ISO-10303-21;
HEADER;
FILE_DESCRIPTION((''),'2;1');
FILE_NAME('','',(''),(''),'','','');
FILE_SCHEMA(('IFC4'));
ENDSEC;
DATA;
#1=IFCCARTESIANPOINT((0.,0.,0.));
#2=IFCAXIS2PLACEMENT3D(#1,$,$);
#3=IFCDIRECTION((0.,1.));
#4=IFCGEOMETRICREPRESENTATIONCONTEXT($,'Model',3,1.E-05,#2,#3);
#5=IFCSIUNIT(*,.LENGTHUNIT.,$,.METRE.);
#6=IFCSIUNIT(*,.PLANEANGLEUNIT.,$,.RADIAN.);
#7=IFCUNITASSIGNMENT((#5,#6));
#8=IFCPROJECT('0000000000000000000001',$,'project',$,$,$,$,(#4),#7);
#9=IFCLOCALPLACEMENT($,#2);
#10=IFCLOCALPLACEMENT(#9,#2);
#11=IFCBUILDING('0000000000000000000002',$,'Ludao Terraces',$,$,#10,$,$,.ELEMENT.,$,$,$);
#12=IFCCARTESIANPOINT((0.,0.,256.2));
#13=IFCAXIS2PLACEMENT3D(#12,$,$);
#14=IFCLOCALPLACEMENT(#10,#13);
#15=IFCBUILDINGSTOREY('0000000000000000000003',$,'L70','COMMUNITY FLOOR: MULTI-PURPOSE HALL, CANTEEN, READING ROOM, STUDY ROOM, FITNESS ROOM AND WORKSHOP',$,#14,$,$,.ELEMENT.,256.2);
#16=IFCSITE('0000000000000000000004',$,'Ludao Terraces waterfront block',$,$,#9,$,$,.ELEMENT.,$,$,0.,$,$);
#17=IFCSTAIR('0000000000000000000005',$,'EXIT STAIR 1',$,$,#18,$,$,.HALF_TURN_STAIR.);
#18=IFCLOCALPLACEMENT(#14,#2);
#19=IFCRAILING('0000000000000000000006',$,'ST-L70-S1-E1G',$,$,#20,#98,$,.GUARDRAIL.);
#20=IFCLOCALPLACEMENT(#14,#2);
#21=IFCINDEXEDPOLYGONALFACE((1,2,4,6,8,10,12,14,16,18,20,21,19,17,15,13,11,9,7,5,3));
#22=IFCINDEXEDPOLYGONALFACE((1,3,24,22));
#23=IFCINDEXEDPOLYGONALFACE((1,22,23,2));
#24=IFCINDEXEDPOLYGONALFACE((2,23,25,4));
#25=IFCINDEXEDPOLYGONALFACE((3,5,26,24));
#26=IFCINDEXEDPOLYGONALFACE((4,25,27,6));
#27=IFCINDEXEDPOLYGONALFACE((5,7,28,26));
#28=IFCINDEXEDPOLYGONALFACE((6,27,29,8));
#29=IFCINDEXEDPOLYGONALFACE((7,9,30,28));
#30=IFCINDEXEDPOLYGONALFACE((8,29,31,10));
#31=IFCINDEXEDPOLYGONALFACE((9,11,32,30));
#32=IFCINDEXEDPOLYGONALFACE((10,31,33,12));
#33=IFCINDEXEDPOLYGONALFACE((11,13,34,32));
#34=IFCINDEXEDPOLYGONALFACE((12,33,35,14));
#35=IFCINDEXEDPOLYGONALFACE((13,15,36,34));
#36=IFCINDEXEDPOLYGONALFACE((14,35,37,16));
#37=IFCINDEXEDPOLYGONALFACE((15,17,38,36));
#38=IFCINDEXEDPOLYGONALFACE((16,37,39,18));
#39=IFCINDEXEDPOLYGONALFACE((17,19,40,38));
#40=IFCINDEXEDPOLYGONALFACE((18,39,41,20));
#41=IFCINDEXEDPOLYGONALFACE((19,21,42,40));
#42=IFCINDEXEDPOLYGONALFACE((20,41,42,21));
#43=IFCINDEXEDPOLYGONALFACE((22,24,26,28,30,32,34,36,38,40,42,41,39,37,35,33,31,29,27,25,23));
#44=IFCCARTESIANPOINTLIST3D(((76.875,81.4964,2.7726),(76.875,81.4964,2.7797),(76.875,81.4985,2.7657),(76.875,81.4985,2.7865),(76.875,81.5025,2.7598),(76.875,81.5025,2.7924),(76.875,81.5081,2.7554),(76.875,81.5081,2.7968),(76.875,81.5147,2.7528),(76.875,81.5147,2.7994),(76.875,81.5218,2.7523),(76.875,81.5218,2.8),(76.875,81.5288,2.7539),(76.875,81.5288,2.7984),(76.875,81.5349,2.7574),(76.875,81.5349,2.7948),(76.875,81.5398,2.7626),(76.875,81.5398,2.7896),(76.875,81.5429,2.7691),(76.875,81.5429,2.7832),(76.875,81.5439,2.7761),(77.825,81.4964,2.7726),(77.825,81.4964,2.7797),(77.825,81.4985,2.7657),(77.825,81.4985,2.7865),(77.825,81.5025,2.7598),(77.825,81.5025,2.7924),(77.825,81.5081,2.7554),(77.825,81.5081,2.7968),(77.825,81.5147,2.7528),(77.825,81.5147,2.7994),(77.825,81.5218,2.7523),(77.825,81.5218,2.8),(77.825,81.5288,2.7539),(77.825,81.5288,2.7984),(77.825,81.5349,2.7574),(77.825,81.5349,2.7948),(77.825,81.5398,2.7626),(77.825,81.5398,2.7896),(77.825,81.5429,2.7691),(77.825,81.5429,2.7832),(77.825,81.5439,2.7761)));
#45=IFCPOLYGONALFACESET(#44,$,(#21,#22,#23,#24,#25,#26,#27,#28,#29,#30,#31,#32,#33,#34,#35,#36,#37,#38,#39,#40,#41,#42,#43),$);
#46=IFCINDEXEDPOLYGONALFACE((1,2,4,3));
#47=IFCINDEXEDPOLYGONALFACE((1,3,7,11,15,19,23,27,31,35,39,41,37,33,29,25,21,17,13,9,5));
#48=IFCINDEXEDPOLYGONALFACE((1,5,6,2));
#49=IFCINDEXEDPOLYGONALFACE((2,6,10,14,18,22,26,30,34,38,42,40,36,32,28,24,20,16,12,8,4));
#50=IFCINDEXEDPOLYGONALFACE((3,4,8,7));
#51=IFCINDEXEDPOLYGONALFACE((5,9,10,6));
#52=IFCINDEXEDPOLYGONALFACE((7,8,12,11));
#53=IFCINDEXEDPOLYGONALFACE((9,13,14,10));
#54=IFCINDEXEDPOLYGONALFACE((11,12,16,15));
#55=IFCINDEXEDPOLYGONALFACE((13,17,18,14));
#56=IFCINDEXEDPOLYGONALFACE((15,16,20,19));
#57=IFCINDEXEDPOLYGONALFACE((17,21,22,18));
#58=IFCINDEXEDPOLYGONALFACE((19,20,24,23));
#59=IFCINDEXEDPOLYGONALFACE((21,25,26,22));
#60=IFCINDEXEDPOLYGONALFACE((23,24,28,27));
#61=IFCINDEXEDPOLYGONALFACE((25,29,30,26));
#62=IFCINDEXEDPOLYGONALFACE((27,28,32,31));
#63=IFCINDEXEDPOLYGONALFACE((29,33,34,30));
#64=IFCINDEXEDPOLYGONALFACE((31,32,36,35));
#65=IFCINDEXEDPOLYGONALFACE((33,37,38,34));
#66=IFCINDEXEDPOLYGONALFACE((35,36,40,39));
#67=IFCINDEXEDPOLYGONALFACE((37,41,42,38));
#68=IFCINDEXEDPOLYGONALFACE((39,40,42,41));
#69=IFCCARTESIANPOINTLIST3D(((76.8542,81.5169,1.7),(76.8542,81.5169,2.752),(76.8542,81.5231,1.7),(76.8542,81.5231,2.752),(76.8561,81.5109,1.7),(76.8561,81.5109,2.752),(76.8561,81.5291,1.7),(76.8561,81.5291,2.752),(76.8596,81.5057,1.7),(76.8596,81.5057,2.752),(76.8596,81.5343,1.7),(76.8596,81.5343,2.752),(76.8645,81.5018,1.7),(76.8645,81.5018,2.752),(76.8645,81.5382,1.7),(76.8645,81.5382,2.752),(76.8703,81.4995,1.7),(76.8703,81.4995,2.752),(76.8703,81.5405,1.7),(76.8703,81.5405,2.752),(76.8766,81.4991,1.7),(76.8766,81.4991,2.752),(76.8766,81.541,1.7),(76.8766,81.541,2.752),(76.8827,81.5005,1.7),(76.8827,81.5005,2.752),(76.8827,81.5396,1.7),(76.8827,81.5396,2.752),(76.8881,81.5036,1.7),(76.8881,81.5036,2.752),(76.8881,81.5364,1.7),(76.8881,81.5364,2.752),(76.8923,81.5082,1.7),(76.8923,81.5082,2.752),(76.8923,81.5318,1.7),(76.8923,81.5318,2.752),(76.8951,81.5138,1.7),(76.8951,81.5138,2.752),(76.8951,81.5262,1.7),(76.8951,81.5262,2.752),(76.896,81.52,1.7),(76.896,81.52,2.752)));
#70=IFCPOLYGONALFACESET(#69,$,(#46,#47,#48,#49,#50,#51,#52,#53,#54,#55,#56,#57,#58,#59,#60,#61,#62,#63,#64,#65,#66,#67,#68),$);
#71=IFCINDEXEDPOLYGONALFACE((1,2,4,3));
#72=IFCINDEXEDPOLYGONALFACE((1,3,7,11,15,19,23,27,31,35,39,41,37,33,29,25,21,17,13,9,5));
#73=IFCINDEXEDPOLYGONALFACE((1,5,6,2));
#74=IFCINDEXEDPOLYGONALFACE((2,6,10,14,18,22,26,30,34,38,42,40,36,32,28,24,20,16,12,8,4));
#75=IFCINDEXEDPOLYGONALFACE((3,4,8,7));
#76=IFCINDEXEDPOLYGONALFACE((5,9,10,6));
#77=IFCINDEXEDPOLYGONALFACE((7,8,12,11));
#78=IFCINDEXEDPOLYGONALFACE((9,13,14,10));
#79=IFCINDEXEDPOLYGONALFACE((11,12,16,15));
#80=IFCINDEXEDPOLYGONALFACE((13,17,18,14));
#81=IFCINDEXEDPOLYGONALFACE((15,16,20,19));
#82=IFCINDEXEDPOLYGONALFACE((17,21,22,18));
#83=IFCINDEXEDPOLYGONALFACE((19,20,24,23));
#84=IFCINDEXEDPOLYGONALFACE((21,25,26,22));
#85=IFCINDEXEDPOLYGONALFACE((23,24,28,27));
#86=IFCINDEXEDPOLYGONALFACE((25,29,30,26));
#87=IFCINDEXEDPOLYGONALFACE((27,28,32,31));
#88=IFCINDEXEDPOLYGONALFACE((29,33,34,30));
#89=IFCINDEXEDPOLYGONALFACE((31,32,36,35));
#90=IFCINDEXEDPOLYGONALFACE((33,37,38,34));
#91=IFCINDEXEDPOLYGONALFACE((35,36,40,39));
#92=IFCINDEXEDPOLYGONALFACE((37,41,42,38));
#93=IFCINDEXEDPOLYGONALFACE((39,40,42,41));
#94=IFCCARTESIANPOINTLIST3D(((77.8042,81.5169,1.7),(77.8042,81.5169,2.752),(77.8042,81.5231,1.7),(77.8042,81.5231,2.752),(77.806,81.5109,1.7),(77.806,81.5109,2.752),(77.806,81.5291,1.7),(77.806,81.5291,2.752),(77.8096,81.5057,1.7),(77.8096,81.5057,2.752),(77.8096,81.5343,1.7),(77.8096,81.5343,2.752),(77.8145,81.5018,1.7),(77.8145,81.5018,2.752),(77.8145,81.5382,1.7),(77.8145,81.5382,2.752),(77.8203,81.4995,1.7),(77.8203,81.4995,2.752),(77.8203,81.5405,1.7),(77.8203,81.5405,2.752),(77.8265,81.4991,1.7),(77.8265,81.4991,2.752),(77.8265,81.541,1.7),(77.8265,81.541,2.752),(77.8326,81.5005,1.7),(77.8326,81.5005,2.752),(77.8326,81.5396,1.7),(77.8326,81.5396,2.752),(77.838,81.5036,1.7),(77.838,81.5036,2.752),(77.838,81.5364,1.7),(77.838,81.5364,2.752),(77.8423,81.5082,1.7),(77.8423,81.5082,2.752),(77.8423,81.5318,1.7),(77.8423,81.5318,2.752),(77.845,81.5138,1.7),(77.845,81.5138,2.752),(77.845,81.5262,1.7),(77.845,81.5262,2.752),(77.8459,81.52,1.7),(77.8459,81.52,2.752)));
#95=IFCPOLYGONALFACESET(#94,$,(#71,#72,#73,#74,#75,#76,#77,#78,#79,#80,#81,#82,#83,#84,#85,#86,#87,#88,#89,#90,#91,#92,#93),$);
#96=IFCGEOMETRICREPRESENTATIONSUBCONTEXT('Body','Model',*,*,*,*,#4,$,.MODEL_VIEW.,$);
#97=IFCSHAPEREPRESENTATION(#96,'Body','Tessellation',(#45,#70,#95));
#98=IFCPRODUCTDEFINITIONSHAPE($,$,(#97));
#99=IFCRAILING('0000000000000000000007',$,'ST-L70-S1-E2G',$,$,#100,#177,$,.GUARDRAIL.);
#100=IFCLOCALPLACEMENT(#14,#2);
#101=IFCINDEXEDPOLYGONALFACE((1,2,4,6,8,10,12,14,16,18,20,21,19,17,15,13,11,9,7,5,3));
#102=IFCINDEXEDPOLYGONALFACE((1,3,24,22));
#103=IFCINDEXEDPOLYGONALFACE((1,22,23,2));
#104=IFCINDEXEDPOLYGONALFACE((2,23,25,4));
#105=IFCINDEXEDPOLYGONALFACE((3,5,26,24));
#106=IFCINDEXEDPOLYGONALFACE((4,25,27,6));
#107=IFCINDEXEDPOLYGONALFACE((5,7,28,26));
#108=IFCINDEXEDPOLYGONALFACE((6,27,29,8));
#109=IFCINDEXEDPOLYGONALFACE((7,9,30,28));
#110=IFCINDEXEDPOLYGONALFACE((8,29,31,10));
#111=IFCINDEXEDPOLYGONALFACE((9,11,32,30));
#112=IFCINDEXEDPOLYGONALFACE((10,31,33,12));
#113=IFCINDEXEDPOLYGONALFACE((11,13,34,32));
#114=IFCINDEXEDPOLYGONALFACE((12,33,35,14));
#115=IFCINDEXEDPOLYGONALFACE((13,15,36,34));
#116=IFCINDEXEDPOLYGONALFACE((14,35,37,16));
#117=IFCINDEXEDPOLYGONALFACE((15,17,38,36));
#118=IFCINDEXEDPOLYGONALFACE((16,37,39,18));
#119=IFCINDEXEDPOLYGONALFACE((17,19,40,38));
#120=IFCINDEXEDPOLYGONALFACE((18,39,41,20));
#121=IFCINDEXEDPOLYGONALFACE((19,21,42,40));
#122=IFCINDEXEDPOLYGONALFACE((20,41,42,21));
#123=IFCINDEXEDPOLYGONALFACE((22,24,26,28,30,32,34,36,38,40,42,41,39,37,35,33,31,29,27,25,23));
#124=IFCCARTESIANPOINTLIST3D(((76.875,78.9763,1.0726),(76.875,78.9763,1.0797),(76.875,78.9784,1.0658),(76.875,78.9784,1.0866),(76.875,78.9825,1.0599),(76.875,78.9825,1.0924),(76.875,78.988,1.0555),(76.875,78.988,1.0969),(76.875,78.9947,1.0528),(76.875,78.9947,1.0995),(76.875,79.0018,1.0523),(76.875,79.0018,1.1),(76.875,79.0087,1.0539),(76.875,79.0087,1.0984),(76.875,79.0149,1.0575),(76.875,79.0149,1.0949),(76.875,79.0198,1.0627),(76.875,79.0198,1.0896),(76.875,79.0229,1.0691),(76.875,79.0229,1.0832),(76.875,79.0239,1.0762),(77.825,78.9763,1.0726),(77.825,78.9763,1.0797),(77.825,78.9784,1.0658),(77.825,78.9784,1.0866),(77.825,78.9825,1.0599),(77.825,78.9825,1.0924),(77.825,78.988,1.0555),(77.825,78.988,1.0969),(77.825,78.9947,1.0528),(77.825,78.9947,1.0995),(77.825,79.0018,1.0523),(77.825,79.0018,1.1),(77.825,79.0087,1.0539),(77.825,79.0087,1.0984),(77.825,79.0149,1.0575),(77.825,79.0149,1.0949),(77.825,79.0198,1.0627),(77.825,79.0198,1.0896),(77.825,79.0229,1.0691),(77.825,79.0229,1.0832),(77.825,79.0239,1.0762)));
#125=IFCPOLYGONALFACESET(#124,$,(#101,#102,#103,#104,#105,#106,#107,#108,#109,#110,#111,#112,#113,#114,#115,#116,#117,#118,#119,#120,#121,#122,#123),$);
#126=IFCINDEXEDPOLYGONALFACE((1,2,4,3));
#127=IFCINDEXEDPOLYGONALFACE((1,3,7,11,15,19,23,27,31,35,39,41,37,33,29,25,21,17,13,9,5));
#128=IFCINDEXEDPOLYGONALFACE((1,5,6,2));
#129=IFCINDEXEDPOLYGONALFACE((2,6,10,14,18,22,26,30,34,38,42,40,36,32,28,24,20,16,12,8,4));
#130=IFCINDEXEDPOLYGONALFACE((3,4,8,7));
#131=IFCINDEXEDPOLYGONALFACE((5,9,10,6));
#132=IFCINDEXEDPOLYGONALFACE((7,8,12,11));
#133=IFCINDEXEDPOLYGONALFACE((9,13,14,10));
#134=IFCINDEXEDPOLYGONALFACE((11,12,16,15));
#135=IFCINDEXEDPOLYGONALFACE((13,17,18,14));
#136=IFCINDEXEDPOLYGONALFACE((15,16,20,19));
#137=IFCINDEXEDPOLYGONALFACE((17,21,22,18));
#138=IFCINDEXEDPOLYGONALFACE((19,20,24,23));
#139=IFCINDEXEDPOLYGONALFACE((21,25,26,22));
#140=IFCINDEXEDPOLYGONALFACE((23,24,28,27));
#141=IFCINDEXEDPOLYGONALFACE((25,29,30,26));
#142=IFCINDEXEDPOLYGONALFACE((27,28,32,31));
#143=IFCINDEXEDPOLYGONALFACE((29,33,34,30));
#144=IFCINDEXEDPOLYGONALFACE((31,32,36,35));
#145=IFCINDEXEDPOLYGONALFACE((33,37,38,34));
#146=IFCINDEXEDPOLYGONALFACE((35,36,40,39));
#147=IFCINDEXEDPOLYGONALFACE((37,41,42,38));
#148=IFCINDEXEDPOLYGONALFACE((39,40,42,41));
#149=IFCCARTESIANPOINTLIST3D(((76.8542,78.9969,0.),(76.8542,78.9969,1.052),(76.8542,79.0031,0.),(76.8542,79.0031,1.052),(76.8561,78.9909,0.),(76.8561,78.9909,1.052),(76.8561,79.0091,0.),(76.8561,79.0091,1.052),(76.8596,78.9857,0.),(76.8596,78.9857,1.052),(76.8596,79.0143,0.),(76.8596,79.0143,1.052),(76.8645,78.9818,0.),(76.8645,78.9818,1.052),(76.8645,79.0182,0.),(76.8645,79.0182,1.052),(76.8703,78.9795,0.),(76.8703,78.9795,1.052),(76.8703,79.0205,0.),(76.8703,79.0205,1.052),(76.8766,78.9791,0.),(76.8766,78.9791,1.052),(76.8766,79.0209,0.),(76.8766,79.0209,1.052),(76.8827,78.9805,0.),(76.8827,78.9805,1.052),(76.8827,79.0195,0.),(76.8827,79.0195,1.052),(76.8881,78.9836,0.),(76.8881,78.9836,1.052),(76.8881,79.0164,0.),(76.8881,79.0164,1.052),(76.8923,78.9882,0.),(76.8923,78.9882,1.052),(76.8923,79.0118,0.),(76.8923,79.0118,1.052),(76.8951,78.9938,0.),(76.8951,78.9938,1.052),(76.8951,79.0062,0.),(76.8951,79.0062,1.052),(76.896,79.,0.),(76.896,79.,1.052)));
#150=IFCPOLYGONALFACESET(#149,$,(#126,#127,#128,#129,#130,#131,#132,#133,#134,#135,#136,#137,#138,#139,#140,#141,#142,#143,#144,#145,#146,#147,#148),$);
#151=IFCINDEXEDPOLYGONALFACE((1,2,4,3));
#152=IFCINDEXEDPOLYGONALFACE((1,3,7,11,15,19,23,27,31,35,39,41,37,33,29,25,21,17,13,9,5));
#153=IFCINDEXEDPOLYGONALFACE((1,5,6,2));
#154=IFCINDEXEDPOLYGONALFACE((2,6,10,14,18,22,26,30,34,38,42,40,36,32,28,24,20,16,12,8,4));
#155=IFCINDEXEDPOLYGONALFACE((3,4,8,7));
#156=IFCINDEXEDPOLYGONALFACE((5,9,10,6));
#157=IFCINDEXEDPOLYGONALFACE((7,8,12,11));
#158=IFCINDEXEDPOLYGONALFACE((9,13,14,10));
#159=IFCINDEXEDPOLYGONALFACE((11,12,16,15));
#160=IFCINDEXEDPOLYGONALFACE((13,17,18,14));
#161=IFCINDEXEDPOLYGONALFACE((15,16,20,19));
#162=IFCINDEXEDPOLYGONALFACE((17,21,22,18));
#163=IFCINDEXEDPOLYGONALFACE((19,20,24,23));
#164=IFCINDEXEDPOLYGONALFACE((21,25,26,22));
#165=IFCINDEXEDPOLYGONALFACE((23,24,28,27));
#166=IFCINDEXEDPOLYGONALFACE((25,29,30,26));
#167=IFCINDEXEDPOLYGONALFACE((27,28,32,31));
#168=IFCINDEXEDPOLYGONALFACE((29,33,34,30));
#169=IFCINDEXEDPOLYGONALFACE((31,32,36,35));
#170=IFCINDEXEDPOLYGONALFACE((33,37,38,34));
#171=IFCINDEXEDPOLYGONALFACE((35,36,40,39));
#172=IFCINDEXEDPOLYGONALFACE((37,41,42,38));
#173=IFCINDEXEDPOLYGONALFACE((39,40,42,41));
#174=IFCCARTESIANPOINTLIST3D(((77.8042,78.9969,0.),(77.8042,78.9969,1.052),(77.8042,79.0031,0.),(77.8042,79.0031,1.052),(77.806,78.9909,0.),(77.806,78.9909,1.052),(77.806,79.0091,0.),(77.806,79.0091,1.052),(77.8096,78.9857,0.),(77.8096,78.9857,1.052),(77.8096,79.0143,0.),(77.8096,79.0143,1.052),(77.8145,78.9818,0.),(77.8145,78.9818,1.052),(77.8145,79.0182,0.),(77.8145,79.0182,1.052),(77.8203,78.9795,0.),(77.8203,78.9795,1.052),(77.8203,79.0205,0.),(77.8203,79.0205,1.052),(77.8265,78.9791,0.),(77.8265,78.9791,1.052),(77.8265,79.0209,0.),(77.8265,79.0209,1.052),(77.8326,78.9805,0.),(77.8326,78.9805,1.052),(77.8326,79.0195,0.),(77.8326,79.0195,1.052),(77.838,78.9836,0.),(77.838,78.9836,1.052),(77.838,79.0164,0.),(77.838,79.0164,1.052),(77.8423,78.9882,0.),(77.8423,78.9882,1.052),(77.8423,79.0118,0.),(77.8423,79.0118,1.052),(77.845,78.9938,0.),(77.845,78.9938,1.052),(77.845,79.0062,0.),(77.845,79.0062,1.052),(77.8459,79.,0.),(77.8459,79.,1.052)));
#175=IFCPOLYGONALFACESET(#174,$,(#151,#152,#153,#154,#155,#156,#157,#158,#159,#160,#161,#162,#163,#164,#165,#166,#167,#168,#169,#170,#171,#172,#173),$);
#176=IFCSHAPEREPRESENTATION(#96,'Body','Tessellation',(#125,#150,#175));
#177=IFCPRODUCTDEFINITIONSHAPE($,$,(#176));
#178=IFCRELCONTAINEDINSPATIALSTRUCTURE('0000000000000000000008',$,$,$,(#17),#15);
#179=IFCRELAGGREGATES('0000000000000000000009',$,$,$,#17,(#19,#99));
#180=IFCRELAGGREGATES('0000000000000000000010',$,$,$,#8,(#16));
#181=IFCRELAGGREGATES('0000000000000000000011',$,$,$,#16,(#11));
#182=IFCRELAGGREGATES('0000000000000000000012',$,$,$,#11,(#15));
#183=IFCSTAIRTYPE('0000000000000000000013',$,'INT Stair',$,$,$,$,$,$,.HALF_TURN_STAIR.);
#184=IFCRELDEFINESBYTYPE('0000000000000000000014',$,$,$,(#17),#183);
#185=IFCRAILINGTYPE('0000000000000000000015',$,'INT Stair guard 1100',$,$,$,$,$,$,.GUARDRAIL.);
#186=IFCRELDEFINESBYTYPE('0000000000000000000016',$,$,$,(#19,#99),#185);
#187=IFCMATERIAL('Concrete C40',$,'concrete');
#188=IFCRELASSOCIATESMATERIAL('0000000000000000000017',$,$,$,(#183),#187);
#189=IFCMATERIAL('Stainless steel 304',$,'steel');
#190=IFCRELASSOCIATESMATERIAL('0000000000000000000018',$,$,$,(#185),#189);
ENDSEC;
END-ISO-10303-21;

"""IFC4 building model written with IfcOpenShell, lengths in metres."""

from ifc_helpers import new_model, si_unit, direction, frame, origin, origin_2d, place, context, subcontext, project, spatial, circle, extrude, material, type_object, element, aggregate, save


model = new_model("IFC4")

# Units and contexts
model_context = context("Model", 3, precision=1e-05, world=origin(), true_north=direction((0.0, 1.0)))
body_context = subcontext(model_context, "Body", "Model", "MODEL_VIEW")
ifc_project = project(units=[si_unit("LENGTHUNIT", "METRE"), si_unit("PLANEANGLEUNIT", "RADIAN")], contexts=[model_context])

# Site, building, storey
site_placement = place(None, origin())
site = spatial("IfcSite", under=ifc_project, at=site_placement, Name="Ludao Terraces waterfront block", CompositionType="ELEMENT", RefElevation=0.0)
building_placement = place(site_placement, origin())
building = spatial("IfcBuilding", under=site, at=building_placement, Name="Ludao Terraces", CompositionType="ELEMENT")
storey_placement = place(building_placement, frame((0.0, 0.0, 256.2)))
storey = spatial("IfcBuildingStorey", under=building, at=storey_placement, Name="L70", Description="COMMUNITY FLOOR: MULTI-PURPOSE HALL, CANTEEN, READING ROOM, STUDY ROOM, FITNESS ROOM AND WORKSHOP", CompositionType="ELEMENT", Elevation=256.2)

# Shared definitions
ifc_material_1 = material(Name="Concrete C40", Category="concrete")

# Stair, railings
stair_type = type_object("IfcStairType", Name="INT Stair", PredefinedType="HALF_TURN_STAIR", material=ifc_material_1)
stair_placement = place(storey_placement, origin())
stair = element("IfcStair", 1, at=stair_placement, inside=storey, type_object=stair_type, Name="EXIT STAIR 1", PredefinedType="HALF_TURN_STAIR")
ifc_material_2 = material(Name="Stainless steel 304", Category="steel")
railing_type_1 = type_object("IfcRailingType", Name="INT Stair guard 1100", PredefinedType="GUARDRAIL", material=ifc_material_2)
railing_1_placement = place(storey_placement, frame((76.875, 81.52, 1.7)))
railing_1 = element("IfcRailing", 2, at=railing_1_placement, type_object=railing_type_1, Name="ST-L70-S1-E1G", PredefinedType="GUARDRAIL", context=body_context, shape_type="SweptSolid", body=[
    extrude(circle(Radius=0.0239, at=origin_2d()), frame((0.0, 0.0, 1.0762), z_axis=(1.0, 0.0, 0.0), x_axis=(0.0, 1.0, 0.0)), (0.0, 0.0, 1.0), 0.95),
    extrude(circle(Radius=0.021, at=origin_2d()), origin(), (0.0, 0.0, 1.0), 1.052),
    extrude(circle(Radius=0.021, at=origin_2d()), frame((0.95, 0.0, 0.0)), (0.0, 0.0, 1.0), 1.052),
])
railing_2_placement = place(storey_placement, frame((76.875, 79.0, 0.0)))
railing_2 = element("IfcRailing", 3, at=railing_2_placement, type_object=railing_type_1, Name="ST-L70-S1-E2G", PredefinedType="GUARDRAIL", context=body_context, shape_type="SweptSolid", body=[
    extrude(circle(Radius=0.0239, at=origin_2d()), frame((0.0, 0.0, 1.0762), z_axis=(1.0, 0.0, 0.0), x_axis=(0.0, 1.0, 0.0)), (0.0, 0.0, 1.0), 0.95),
    extrude(circle(Radius=0.021, at=origin_2d()), origin(), (0.0, 0.0, 1.0), 1.052),
    extrude(circle(Radius=0.021, at=origin_2d()), frame((0.95, 0.0, 0.0)), (0.0, 0.0, 1.0), 1.052),
])
aggregate(stair, [railing_1, railing_2])

save(model, "model.ifc")
